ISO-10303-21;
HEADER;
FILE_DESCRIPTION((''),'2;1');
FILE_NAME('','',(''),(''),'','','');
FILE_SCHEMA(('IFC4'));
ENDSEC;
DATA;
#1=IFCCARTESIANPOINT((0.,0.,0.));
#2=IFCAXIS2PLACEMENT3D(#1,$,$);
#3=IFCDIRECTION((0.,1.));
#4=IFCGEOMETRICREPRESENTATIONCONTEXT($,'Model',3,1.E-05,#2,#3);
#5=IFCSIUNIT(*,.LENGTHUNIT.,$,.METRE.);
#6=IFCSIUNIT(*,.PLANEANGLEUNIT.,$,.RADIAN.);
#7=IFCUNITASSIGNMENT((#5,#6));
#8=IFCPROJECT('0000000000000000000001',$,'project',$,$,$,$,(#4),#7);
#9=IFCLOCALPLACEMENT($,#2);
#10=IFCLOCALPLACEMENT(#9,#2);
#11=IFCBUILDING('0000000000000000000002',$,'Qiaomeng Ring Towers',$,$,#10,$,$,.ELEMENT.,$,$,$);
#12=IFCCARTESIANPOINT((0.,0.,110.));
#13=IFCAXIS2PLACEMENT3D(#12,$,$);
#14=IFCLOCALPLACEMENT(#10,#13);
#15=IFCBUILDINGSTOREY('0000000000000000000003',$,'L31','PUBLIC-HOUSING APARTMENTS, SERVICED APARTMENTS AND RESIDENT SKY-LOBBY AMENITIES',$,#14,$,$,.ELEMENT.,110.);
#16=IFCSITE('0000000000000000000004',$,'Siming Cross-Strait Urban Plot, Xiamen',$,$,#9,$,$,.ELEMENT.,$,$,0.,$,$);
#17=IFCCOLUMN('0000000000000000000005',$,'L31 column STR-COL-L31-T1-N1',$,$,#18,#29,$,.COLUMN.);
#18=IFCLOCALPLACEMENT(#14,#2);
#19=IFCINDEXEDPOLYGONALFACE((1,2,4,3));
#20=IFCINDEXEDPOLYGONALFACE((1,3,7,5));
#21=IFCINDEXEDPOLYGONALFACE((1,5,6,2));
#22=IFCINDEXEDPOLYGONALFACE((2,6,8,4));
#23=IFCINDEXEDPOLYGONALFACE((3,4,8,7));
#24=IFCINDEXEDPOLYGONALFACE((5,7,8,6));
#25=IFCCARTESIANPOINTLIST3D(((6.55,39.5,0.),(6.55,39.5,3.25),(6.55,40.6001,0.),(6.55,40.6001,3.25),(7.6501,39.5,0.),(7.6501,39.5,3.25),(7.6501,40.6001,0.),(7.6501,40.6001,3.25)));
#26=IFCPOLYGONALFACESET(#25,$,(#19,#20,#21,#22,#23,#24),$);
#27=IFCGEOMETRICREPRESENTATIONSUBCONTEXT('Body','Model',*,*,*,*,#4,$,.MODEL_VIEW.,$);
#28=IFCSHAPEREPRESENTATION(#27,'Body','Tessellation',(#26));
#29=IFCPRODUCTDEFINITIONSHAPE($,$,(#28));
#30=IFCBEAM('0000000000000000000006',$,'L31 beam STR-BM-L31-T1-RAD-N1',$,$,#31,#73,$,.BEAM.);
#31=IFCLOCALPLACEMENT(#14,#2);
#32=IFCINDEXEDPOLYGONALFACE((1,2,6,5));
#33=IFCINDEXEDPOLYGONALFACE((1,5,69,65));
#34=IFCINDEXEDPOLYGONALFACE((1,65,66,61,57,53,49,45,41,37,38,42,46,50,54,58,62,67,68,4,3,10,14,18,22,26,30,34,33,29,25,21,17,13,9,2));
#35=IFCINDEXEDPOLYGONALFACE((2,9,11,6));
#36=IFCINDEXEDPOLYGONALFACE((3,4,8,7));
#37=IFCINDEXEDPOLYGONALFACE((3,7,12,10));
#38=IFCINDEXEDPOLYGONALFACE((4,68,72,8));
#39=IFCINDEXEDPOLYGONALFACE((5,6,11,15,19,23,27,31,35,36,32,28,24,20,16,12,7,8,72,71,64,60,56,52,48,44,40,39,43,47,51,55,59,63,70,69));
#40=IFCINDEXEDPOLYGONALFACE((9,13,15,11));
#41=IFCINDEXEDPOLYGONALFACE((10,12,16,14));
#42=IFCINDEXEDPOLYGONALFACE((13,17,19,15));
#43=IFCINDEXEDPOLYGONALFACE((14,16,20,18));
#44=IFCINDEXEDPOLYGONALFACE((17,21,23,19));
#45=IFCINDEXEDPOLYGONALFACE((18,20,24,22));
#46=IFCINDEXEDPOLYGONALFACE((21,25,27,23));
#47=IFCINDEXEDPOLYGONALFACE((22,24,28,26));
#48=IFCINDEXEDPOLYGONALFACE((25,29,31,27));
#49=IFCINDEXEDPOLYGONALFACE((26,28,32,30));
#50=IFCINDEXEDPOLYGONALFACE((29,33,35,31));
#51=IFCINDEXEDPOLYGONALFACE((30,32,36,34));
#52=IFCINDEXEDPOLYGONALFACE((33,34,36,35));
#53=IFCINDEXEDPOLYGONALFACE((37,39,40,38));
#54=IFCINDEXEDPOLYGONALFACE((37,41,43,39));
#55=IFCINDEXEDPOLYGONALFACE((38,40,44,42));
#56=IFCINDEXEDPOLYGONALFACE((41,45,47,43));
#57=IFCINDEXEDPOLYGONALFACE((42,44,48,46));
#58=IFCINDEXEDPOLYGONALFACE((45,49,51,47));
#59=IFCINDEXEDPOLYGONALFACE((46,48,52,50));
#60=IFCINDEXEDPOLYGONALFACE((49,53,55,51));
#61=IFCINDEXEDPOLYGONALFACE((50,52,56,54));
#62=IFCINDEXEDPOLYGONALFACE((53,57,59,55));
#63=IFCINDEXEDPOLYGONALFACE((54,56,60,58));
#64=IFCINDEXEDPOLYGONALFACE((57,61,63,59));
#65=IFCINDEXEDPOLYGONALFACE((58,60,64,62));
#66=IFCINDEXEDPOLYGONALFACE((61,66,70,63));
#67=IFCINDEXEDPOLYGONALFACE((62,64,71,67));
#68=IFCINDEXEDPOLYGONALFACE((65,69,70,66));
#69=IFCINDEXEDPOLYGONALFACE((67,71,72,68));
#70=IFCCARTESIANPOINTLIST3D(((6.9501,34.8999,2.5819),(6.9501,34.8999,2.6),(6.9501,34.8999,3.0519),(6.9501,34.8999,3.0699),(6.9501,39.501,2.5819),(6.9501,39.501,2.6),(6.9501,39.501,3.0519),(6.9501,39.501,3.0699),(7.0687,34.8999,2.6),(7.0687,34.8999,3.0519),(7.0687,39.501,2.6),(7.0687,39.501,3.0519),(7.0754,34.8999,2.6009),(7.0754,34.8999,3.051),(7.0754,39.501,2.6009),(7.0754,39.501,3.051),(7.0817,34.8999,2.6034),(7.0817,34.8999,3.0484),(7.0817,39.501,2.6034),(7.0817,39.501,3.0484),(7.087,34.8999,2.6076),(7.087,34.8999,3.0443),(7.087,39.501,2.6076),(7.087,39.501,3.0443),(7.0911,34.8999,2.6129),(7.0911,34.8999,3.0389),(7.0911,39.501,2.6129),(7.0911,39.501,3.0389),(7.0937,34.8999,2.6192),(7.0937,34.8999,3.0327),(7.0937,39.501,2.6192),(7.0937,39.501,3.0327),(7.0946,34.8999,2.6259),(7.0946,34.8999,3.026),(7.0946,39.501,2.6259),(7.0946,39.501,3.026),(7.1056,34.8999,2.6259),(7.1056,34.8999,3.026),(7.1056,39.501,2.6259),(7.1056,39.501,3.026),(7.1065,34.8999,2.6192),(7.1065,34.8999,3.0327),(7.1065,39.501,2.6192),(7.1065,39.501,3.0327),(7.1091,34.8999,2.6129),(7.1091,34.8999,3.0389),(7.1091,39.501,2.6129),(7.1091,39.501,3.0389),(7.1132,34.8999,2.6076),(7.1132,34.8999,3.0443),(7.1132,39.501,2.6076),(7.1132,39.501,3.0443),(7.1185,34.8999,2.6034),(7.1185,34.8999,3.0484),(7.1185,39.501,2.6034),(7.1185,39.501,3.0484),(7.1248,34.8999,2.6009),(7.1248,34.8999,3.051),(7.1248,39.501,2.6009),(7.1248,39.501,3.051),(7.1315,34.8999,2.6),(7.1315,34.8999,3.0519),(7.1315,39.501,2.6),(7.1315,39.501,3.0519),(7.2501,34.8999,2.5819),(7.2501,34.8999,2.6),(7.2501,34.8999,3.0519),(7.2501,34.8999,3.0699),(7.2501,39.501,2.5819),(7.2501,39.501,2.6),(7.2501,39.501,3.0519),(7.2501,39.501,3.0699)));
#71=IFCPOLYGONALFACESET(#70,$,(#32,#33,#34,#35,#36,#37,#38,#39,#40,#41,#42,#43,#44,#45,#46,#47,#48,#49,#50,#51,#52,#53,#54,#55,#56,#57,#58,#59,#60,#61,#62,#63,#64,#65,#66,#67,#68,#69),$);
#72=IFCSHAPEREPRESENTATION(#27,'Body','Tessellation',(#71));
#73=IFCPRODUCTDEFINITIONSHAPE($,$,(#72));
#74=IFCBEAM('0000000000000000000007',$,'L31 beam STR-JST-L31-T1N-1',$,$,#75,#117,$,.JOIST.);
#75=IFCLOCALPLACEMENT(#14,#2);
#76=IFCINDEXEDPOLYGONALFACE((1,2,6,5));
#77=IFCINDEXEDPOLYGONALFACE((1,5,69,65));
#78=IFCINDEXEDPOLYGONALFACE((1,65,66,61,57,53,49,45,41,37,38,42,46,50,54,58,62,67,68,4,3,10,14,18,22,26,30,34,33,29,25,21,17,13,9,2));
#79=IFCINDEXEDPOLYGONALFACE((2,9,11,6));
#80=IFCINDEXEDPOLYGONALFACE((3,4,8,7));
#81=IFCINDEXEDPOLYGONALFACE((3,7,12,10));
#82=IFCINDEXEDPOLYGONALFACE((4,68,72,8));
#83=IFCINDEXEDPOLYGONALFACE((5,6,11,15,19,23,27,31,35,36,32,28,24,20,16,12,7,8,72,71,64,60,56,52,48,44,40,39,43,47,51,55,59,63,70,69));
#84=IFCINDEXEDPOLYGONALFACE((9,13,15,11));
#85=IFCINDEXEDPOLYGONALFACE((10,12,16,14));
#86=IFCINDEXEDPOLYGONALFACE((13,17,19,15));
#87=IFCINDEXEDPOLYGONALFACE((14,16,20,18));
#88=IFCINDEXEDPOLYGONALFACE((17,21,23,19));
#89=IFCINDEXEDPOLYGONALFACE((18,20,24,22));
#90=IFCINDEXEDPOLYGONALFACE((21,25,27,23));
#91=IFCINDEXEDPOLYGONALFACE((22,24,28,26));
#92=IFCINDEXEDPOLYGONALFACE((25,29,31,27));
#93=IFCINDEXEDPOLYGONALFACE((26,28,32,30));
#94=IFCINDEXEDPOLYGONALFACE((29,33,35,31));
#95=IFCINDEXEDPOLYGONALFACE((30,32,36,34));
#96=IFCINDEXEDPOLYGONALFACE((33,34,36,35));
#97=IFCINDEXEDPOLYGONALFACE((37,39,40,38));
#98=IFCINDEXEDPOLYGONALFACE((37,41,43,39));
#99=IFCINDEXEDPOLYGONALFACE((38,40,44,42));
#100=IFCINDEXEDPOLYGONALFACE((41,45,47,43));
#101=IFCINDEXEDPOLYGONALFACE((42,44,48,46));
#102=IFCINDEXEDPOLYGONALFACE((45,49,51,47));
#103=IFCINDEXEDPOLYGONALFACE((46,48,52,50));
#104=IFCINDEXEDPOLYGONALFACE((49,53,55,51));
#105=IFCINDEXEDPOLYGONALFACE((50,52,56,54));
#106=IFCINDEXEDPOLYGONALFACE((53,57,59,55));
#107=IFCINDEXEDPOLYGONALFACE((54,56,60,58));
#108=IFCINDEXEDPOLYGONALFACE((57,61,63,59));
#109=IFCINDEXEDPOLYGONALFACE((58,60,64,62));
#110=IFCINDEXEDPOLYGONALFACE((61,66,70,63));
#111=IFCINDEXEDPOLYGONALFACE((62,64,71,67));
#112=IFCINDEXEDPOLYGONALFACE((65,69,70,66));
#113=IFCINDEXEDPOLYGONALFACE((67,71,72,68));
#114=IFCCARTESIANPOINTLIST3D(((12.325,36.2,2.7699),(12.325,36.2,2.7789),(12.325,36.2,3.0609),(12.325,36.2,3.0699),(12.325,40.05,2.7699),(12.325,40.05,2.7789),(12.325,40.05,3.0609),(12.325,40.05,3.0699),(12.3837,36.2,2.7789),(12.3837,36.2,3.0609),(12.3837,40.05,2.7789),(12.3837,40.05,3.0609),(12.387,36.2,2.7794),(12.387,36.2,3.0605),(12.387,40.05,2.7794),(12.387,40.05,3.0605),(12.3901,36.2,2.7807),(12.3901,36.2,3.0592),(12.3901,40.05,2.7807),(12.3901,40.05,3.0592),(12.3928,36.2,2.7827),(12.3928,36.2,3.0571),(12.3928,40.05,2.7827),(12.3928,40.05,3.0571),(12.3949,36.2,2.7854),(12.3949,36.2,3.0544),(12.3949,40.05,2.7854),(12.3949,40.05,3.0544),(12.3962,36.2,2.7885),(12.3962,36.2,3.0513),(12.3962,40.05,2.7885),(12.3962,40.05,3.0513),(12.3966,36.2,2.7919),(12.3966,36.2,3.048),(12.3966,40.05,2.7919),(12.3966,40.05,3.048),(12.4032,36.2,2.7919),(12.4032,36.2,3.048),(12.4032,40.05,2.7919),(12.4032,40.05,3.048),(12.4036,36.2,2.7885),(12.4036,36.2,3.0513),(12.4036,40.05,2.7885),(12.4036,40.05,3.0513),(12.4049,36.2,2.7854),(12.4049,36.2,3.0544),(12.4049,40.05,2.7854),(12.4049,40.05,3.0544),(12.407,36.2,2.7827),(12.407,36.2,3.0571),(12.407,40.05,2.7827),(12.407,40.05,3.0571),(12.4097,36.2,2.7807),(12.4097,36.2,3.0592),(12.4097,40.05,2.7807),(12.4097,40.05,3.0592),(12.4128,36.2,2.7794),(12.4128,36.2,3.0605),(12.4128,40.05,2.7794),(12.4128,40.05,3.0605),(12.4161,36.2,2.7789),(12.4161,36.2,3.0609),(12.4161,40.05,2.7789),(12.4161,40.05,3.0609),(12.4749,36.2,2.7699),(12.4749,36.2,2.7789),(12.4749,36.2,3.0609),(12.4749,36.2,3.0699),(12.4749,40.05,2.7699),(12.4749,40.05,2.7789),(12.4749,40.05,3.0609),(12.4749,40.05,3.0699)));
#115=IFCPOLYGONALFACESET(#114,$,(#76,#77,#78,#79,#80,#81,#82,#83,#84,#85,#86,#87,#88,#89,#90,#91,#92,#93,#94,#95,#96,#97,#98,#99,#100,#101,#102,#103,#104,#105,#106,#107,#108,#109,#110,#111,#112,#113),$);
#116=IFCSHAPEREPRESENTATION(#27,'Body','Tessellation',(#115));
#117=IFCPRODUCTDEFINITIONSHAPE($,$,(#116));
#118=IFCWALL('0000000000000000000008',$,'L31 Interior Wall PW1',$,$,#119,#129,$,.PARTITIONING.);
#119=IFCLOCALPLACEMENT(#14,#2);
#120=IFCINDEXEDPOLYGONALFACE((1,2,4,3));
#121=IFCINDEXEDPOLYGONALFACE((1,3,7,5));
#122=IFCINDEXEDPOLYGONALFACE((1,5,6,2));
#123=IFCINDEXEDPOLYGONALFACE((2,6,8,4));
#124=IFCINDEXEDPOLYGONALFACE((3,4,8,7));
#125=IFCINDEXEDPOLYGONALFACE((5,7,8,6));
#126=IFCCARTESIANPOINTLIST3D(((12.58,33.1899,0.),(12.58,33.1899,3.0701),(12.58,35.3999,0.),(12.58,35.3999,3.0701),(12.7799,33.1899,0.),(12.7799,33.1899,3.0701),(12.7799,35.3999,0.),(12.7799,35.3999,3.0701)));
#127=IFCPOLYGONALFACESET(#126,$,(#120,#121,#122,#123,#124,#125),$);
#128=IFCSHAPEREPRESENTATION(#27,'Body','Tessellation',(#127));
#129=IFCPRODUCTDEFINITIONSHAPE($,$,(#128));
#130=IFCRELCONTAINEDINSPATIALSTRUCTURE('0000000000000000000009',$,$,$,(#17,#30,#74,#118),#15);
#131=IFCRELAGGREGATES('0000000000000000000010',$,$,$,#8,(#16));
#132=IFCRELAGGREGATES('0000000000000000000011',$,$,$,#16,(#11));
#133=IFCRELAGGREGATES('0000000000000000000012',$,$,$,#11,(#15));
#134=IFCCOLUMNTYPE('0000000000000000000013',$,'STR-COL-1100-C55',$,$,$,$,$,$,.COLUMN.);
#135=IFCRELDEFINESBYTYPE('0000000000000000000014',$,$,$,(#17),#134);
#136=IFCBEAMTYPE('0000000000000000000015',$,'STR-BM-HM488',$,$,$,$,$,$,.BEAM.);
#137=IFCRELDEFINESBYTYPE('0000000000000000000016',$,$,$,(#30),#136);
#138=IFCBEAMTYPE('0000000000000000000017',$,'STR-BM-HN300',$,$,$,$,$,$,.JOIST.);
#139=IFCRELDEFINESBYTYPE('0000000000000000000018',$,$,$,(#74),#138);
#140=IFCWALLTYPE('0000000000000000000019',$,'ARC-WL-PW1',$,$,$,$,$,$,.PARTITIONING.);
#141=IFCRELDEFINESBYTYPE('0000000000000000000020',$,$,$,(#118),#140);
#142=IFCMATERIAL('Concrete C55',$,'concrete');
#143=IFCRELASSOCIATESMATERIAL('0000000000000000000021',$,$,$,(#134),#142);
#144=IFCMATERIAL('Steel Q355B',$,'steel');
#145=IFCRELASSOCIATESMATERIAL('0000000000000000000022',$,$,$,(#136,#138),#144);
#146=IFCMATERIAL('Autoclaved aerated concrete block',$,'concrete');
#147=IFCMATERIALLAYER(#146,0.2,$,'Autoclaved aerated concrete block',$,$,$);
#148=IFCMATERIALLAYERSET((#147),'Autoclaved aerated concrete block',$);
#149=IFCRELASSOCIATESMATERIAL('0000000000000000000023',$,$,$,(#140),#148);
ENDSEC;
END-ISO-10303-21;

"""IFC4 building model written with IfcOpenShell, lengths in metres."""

from ifc_helpers import new_model, si_unit, direction, frame, frame_2d, origin, origin_2d, place, context, subcontext, project, spatial, rectangle, i_section, extrude, source, transform, mapped, material, layer, layer_set, material_profile, profile_set, type_object, element, save


model = new_model("IFC4")

# Units and contexts
model_context = context("Model", 3, precision=1e-05, world=origin(), true_north=direction((0.0, 1.0)))
body_context = subcontext(model_context, "Body", "Model", "MODEL_VIEW")
ifc_project = project(units=[si_unit("LENGTHUNIT", "METRE"), si_unit("PLANEANGLEUNIT", "RADIAN")], contexts=[model_context])

# Site, building, storey
site_placement = place(None, origin())
site = spatial("IfcSite", under=ifc_project, at=site_placement, Name="Siming Cross-Strait Urban Plot, Xiamen", CompositionType="ELEMENT", RefElevation=0.0)
building_placement = place(site_placement, origin())
building = spatial("IfcBuilding", under=site, at=building_placement, Name="Qiaomeng Ring Towers", CompositionType="ELEMENT")
storey_placement = place(building_placement, frame((0.0, 0.0, 110.0)))
storey = spatial("IfcBuildingStorey", under=building, at=storey_placement, Name="L31", Description="PUBLIC-HOUSING APARTMENTS, SERVICED APARTMENTS AND RESIDENT SKY-LOBBY AMENITIES", CompositionType="ELEMENT", Elevation=110.0)

# Column
ifc_material_1 = material(Name="Concrete C55", Category="concrete")
ifc_material_profile_1 = material_profile(ifc_material_1, rectangle(XDim=1.1001, YDim=1.1001, at=origin_2d()), Name="RC COL 1100x1100")
ifc_profile_set_1 = profile_set([ifc_material_profile_1], Name="Concrete C55")
column_type = type_object("IfcColumnType", Name="STR-COL-1100-C55", PredefinedType="COLUMN", material=ifc_profile_set_1)
shared_shape_1 = source(origin(), body_context, "Body", "SweptSolid", [
    extrude(rectangle(XDim=1.1001, YDim=1.1001, at=origin_2d()), origin(), (0.0, 0.0, 1.0), 3.25),
])
column_placement = place(storey_placement, frame((7.1001, 40.05, 0.0), z_axis=(0.0, 0.0, 1.0), x_axis=(1.0, 0.0, 0.0)))
element("IfcColumn", 1, at=column_placement, inside=storey, type_object=column_type, Name="L31 column STR-COL-L31-T1-N1", PredefinedType="COLUMN", context=body_context, shape_type="MappedRepresentation", body=[
    mapped(shared_shape_1, transform((0.0, 0.0, 0.0), x_axis=(1.0, 0.0, 0.0), y_axis=(0.0, 1.0, 0.0), z_axis=(0.0, 0.0, 1.0), scale=1.0)),
])

# Beams
ifc_material_2 = material(Name="Steel Q355B", Category="steel")
ifc_material_profile_2 = material_profile(ifc_material_2, i_section(OverallWidth=0.3, OverallDepth=0.488, WebThickness=0.011, FlangeThickness=0.0181, FilletRadius=0.0259, at=origin_2d()), Name="HM 488x300x11x18")
ifc_profile_set_2 = profile_set([ifc_material_profile_2], Name="Steel Q355B")
beam_type_1 = type_object("IfcBeamType", Name="STR-BM-HM488", PredefinedType="BEAM", material=ifc_profile_set_2)
shared_shape_2 = source(origin(), body_context, "Body", "SweptSolid", [
    extrude(i_section(OverallWidth=0.3, OverallDepth=0.488, WebThickness=0.011, FlangeThickness=0.0181, FilletRadius=0.0259, at=origin_2d()), origin(), (0.0, 0.0, 1.0), 4.6011),
])
beam_1_placement = place(storey_placement, frame((7.1001, 39.501, 2.8259), z_axis=(0.0, -1.0, 0.0), x_axis=(1.0, 0.0, 0.0)))
element("IfcBeam", 2, at=beam_1_placement, inside=storey, type_object=beam_type_1, Name="L31 beam STR-BM-L31-T1-RAD-N1", PredefinedType="BEAM", context=body_context, shape_type="MappedRepresentation", body=[
    mapped(shared_shape_2, transform((0.0, 0.0, 0.0), x_axis=(1.0, 0.0, 0.0), y_axis=(0.0, 1.0, 0.0), z_axis=(0.0, 0.0, 1.0), scale=1.0)),
])
ifc_material_profile_3 = material_profile(ifc_material_2, i_section(OverallWidth=0.1499, OverallDepth=0.3, WebThickness=0.0066, FlangeThickness=0.009, FilletRadius=0.0129, at=origin_2d()), Name="HN 300x150x6.5x9")
ifc_profile_set_3 = profile_set([ifc_material_profile_3], Name="Steel Q355B")
beam_type_2 = type_object("IfcBeamType", Name="STR-BM-HN300", PredefinedType="JOIST", material=ifc_profile_set_3)
shared_shape_3 = source(origin(), body_context, "Body", "SweptSolid", [
    extrude(i_section(OverallWidth=0.1499, OverallDepth=0.3, WebThickness=0.0066, FlangeThickness=0.009, FilletRadius=0.0129, at=origin_2d()), origin(), (0.0, 0.0, 1.0), 3.8501),
])
beam_2_placement = place(storey_placement, frame((12.3999, 36.2, 2.9199), z_axis=(0.0, 1.0, 0.0), x_axis=(-1.0, 0.0, 0.0)))
element("IfcBeam", 3, at=beam_2_placement, inside=storey, type_object=beam_type_2, Name="L31 beam STR-JST-L31-T1N-1", PredefinedType="JOIST", context=body_context, shape_type="MappedRepresentation", body=[
    mapped(shared_shape_3, transform((0.0, 0.0, 0.0), x_axis=(1.0, 0.0, 0.0), y_axis=(0.0, 1.0, 0.0), z_axis=(0.0, 0.0, 1.0), scale=1.0)),
])

# Wall
ifc_material_3 = material(Name="Autoclaved aerated concrete block", Category="concrete")
ifc_layer_1 = layer(ifc_material_3, 0.2, Name="Autoclaved aerated concrete block")
ifc_layer_set_1 = layer_set([ifc_layer_1], Name="Autoclaved aerated concrete block")
wall_type_1 = type_object("IfcWallType", Name="ARC-WL-PW1", PredefinedType="PARTITIONING", material=ifc_layer_set_1)
wall_1_placement = place(storey_placement, frame((12.6799, 33.1899, 0.0), z_axis=(0.0, 0.0, 1.0), x_axis=(0.0, 1.0, 0.0)))
element("IfcWall", 4, at=wall_1_placement, inside=storey, type_object=wall_type_1, Name="L31 Interior Wall PW1", PredefinedType="PARTITIONING", context=body_context, shape_type="SweptSolid", body=[
    extrude(rectangle(XDim=2.21, YDim=0.2, at=frame_2d((1.105, 0.0))), origin(), (0.0, 0.0, 1.0), 3.0701),
])

save(model, "model.ifc")
